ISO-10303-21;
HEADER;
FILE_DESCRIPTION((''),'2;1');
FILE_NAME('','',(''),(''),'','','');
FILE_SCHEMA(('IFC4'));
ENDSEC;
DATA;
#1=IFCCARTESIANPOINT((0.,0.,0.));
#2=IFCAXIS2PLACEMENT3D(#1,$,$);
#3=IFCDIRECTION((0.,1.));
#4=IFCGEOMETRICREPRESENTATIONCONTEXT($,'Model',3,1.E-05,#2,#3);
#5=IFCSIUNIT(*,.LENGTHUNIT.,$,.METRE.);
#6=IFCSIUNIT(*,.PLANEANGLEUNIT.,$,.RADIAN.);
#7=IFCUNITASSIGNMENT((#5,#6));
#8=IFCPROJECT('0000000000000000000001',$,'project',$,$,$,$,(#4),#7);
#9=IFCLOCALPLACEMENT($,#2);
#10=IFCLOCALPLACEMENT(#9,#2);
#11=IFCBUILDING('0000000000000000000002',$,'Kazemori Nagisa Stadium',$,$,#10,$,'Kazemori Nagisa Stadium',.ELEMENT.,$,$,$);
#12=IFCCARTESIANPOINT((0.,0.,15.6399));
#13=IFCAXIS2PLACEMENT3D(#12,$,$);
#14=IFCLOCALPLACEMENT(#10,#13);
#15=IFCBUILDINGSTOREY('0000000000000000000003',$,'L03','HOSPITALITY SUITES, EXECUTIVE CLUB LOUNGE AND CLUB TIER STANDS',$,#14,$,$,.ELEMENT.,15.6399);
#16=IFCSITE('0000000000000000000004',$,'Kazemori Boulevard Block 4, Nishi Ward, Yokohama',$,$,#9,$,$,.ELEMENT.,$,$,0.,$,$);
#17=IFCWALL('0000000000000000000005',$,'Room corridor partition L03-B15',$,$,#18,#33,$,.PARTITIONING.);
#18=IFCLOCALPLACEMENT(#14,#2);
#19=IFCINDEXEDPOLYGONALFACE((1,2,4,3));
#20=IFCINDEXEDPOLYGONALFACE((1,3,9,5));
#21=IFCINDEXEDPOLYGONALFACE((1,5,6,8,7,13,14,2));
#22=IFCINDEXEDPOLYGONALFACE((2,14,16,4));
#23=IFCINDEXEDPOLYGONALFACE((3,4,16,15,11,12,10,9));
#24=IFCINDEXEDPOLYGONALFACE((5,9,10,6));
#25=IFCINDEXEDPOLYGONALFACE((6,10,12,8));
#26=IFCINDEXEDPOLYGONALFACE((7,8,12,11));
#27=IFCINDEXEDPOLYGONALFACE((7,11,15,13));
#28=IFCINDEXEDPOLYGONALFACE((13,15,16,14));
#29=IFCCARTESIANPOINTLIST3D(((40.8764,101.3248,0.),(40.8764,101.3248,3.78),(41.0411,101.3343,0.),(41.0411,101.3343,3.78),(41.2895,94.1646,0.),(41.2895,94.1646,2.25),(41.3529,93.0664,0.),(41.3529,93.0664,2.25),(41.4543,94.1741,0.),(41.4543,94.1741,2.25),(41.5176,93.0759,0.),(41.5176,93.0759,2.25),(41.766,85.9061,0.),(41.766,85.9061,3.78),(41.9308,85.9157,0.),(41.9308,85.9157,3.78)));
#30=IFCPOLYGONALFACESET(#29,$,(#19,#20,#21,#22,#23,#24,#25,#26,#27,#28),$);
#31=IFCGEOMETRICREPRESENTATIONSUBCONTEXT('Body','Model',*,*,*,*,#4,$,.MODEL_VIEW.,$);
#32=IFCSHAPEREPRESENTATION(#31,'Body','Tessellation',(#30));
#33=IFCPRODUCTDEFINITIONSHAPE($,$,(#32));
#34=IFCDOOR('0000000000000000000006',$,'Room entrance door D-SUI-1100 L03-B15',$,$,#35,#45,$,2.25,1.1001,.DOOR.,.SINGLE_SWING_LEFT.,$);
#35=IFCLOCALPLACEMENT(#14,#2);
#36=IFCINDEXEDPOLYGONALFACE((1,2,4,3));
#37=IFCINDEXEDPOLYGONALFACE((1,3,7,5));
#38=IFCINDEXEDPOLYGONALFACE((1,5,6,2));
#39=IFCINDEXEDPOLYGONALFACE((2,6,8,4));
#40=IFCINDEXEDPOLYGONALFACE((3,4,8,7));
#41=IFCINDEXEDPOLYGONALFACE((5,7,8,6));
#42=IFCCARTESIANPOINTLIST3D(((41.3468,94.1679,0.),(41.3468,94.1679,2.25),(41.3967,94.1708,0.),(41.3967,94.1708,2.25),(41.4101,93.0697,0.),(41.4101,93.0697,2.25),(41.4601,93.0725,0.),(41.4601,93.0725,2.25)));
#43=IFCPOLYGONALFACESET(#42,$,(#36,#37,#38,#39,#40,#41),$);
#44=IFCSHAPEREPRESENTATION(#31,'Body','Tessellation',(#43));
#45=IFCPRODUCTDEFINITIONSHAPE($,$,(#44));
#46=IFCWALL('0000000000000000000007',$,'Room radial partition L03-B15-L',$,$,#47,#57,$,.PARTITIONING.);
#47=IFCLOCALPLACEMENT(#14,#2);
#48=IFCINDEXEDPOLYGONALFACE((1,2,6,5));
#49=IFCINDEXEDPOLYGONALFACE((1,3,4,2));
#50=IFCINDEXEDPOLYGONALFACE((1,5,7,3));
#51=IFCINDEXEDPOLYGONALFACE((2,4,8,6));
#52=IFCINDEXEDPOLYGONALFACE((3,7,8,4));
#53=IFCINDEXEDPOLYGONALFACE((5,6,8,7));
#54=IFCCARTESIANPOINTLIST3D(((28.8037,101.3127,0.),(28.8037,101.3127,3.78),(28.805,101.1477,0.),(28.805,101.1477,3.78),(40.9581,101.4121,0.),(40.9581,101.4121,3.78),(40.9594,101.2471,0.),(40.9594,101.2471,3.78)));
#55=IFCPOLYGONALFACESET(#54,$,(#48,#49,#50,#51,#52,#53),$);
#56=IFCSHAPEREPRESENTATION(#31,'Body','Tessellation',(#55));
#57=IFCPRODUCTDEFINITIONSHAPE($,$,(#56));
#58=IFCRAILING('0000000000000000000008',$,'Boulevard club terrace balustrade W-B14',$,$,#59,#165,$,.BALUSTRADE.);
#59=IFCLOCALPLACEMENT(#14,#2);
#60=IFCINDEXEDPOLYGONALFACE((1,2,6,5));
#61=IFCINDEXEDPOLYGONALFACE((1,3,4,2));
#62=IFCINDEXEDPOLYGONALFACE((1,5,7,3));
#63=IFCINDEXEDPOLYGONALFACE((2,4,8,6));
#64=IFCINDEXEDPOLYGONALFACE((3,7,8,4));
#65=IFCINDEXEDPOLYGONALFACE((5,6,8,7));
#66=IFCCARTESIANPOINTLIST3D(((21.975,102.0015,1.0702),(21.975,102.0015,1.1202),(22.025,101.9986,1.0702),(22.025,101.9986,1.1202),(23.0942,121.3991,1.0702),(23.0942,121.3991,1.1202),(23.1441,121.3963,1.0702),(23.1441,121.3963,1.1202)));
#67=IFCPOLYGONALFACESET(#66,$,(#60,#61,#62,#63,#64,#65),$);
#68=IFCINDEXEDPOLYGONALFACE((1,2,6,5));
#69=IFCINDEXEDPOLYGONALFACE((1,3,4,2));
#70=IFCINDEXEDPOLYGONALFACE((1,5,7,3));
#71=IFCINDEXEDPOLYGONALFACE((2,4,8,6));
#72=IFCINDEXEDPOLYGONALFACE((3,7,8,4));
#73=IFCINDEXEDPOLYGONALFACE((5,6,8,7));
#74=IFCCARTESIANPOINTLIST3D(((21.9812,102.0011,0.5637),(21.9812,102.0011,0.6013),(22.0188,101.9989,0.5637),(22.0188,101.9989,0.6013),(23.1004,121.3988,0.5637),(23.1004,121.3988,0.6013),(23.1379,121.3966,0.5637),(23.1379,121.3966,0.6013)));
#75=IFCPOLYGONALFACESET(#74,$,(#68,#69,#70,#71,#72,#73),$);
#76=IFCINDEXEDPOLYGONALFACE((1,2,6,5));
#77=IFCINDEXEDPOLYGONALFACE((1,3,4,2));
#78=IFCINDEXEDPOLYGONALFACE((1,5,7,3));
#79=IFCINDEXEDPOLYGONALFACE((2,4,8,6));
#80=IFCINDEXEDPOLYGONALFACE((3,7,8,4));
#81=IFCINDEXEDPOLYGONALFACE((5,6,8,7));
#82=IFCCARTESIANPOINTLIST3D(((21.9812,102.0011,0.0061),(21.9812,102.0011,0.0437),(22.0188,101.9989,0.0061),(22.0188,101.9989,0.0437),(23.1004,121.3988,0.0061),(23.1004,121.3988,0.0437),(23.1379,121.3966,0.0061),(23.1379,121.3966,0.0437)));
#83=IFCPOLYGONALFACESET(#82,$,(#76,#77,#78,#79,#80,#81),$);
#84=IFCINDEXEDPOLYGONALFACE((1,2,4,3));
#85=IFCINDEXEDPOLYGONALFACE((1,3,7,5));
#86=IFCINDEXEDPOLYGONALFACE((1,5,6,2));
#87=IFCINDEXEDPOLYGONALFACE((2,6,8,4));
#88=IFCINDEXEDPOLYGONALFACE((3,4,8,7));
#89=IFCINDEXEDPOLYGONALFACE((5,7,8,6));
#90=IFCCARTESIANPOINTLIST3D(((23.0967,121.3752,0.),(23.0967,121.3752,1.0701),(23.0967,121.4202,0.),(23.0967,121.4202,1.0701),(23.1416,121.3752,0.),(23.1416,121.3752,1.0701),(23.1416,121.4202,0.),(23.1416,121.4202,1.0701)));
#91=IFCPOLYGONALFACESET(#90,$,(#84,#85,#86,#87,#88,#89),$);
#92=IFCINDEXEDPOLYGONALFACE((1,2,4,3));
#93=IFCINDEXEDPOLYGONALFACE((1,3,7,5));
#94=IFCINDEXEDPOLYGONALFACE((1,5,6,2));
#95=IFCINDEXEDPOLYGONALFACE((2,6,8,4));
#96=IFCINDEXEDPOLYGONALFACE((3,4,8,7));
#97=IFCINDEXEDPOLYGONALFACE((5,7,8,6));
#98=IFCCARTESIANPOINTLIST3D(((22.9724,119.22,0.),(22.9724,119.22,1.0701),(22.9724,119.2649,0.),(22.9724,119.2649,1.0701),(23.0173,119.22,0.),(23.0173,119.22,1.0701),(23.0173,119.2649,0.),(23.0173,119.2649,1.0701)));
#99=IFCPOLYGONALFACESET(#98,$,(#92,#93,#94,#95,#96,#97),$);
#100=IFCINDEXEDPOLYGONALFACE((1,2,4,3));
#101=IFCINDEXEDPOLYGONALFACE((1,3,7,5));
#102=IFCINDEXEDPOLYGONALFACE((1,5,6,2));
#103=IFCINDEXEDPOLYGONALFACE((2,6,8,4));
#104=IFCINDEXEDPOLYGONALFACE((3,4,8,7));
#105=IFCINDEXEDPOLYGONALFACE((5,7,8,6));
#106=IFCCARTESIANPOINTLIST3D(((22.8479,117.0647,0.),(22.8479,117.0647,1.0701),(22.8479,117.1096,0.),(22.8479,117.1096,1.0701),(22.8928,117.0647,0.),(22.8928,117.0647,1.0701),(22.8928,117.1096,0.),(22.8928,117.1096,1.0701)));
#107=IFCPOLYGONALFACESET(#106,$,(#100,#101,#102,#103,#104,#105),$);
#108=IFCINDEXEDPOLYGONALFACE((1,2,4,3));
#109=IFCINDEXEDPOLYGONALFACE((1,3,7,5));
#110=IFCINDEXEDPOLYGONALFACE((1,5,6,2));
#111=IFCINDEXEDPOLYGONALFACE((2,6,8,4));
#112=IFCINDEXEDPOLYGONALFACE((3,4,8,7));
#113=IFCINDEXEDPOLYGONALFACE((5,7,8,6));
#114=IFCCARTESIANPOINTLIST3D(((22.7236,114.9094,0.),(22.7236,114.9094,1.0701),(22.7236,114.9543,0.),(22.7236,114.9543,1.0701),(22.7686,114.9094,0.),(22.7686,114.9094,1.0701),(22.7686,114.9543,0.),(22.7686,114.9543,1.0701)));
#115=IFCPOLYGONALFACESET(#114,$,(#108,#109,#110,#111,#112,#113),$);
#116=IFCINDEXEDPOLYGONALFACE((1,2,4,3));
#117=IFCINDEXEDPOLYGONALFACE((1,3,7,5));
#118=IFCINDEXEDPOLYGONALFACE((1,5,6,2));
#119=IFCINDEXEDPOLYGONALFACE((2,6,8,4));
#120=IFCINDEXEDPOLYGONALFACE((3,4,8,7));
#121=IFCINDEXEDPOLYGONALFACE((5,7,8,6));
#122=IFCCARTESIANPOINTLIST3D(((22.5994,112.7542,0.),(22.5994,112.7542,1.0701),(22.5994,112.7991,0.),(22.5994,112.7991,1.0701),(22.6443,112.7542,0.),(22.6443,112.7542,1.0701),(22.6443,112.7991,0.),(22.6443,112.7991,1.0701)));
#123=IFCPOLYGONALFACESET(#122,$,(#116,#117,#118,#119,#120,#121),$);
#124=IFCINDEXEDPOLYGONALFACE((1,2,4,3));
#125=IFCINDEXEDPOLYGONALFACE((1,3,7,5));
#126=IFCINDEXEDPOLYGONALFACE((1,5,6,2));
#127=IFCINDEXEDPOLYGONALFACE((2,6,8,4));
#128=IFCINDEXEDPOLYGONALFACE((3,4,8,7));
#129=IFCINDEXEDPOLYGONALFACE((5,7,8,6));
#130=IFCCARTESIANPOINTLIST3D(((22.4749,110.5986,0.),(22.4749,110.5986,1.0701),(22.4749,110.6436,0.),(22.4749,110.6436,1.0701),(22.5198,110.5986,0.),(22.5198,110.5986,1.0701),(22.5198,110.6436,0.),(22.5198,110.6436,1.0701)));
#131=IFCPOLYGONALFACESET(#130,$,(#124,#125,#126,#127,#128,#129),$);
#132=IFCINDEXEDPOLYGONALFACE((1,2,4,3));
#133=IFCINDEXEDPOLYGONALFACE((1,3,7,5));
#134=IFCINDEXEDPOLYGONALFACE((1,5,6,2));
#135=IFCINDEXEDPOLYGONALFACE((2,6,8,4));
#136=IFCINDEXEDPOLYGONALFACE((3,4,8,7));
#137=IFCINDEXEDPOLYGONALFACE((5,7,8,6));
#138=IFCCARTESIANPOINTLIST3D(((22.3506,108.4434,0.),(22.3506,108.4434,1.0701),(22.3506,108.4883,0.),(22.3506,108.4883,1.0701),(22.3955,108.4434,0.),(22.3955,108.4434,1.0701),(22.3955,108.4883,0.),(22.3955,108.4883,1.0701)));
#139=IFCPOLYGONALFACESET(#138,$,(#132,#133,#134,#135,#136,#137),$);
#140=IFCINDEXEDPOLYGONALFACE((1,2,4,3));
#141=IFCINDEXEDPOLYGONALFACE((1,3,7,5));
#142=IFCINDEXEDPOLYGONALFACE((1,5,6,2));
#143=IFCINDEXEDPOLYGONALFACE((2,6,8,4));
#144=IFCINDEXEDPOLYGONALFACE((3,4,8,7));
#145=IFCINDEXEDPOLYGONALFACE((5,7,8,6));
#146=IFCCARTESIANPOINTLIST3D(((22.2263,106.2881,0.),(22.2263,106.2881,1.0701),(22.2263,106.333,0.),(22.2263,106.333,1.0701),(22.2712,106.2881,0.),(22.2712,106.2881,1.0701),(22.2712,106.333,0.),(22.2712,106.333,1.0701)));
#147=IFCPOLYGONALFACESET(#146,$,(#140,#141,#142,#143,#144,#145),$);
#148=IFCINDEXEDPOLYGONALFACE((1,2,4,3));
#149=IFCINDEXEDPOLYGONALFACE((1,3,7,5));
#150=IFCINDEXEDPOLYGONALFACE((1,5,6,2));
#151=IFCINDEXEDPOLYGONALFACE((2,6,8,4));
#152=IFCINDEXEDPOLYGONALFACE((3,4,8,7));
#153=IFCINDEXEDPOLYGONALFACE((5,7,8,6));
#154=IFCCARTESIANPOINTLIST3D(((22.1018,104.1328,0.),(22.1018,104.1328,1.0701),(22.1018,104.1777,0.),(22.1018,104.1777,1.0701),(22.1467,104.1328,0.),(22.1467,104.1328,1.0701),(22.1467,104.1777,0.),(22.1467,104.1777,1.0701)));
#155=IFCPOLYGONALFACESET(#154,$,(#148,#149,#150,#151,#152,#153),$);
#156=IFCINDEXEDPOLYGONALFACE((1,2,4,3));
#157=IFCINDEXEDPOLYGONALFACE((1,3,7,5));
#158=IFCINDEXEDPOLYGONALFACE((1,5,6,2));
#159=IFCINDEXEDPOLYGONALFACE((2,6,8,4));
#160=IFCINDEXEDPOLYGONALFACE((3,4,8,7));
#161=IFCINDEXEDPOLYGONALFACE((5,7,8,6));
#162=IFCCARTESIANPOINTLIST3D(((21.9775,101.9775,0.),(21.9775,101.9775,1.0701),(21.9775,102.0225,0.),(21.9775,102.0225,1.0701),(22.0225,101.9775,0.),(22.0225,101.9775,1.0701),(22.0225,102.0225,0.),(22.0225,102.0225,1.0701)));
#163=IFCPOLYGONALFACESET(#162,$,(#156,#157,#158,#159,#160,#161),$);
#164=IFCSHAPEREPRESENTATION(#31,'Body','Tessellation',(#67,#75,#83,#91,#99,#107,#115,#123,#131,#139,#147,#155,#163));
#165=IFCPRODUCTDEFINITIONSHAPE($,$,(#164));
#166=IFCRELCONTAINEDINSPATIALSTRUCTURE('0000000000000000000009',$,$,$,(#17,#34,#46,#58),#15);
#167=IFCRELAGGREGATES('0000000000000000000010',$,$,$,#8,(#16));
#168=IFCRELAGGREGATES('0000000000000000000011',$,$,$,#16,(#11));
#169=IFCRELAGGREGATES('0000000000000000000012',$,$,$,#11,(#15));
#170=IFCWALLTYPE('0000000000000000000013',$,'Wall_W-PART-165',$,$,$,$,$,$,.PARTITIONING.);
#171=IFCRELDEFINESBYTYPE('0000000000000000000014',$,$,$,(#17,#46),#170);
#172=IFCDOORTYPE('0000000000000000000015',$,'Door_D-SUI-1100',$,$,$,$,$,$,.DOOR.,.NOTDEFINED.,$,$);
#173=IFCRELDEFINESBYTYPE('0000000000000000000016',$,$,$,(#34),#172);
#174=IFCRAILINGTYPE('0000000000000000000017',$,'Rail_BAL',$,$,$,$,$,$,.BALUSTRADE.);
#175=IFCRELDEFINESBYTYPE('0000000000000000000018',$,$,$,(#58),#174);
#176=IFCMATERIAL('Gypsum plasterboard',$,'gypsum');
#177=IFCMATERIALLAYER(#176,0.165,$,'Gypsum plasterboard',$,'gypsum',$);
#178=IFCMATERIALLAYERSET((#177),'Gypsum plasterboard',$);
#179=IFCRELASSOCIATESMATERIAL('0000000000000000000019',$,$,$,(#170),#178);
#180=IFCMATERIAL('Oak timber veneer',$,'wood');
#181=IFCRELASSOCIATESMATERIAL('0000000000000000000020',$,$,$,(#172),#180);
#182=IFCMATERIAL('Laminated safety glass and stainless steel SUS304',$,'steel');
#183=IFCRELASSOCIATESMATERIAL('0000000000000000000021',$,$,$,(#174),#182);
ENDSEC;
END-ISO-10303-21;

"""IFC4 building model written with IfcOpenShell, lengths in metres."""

from ifc_helpers import new_model, si_unit, direction, frame, frame_2d, origin, origin_2d, place, context, subcontext, project, spatial, rectangle, extrude, material, layer, layer_set, type_object, element, fill, save


model = new_model("IFC4")

# Units and contexts
model_context = context("Model", 3, precision=1e-05, world=origin(), true_north=direction((0.0, 1.0)))
body_context = subcontext(model_context, "Body", "Model", "MODEL_VIEW")
ifc_project = project(units=[si_unit("LENGTHUNIT", "METRE"), si_unit("PLANEANGLEUNIT", "RADIAN")], contexts=[model_context])

# Site, building, storey
site_placement = place(None, origin())
site = spatial("IfcSite", under=ifc_project, at=site_placement, Name="Kazemori Boulevard Block 4, Nishi Ward, Yokohama", CompositionType="ELEMENT", RefElevation=0.0)
building_placement = place(site_placement, origin())
building = spatial("IfcBuilding", under=site, at=building_placement, Name="Kazemori Nagisa Stadium", LongName="Kazemori Nagisa Stadium", CompositionType="ELEMENT")
storey_placement = place(building_placement, frame((0.0, 0.0, 15.6399)))
storey = spatial("IfcBuildingStorey", under=building, at=storey_placement, Name="L03", Description="HOSPITALITY SUITES, EXECUTIVE CLUB LOUNGE AND CLUB TIER STANDS", CompositionType="ELEMENT", Elevation=15.6399)

# Shared definitions
ifc_material_1 = material(Name="Gypsum plasterboard", Category="gypsum")
ifc_layer_1 = layer(ifc_material_1, 0.165, Name="Gypsum plasterboard", Category="gypsum")
ifc_layer_set_1 = layer_set([ifc_layer_1], Name="Gypsum plasterboard")
wall_type_1 = type_object("IfcWallType", Name="Wall_W-PART-165", PredefinedType="PARTITIONING", material=ifc_layer_set_1)

# Wall, opening, door
wall_1_placement = place(storey_placement, frame((40.9587, 101.3296, 0.0), z_axis=(0.0, 0.0, 1.0), x_axis=(0.057604, -0.99834, 0.0)))
wall_1 = element("IfcWall", 1, at=wall_1_placement, inside=storey, type_object=wall_type_1, Name="Room corridor partition L03-B15", PredefinedType="PARTITIONING", context=body_context, shape_type="SweptSolid", body=[
    extrude(rectangle(XDim=15.4443, YDim=0.165, at=frame_2d((7.7222, 0.0))), origin(), (0.0, 0.0, 1.0), 3.78),
])
opening_1_placement = place(wall_1_placement, frame((7.1721, 0.0, 0.0)))
opening_1 = element("IfcOpeningElement", 2, at=opening_1_placement, cuts=wall_1, PredefinedType="OPENING", context=body_context, shape_type="SweptSolid", body=[
    extrude(rectangle(XDim=1.1001, YDim=2.25, at=frame_2d((0.55, 1.125))), frame((0.0, 0.0925, 0.0), z_axis=(0.0, -1.0, 0.0), x_axis=(1.0, 0.0, 0.0)), (0.0, 0.0, 1.0), 0.1851),
])
ifc_material_2 = material(Name="Oak timber veneer", Category="wood")
door_type_1 = type_object("IfcDoorType", Name="Door_D-SUI-1100", OperationType="NOTDEFINED", PredefinedType="DOOR", material=ifc_material_2)
door_1_placement = place(opening_1_placement, origin())
door_1 = element("IfcDoor", 3, at=door_1_placement, inside=storey, type_object=door_type_1, Name="Room entrance door D-SUI-1100 L03-B15", OperationType="SINGLE_SWING_LEFT", OverallHeight=2.25, OverallWidth=1.1001, PredefinedType="DOOR", context=body_context, shape_type="SweptSolid", body=[
    extrude(rectangle(XDim=1.1001, YDim=2.25, at=frame_2d((0.55, 1.125))), frame((0.0, 0.0249, 0.0), z_axis=(0.0, -1.0, 0.0), x_axis=(1.0, 0.0, 0.0)), (0.0, 0.0, 1.0), 0.05),
])
fill(opening_1, door_1)

# Wall
wall_2_placement = place(storey_placement, frame((40.9587, 101.3296, 0.0), z_axis=(0.0, 0.0, 1.0), x_axis=(-0.999967, -0.008175, 0.0)))
element("IfcWall", 4, at=wall_2_placement, inside=storey, type_object=wall_type_1, Name="Room radial partition L03-B15-L", PredefinedType="PARTITIONING", context=body_context, shape_type="SweptSolid", body=[
    extrude(rectangle(XDim=12.1548, YDim=0.165, at=frame_2d((6.0774, 0.0))), origin(), (0.0, 0.0, 1.0), 3.78),
])

# Railing
ifc_material_3 = material(Name="Laminated safety glass and stainless steel SUS304", Category="steel")
railing_type = type_object("IfcRailingType", Name="Rail_BAL", PredefinedType="BALUSTRADE", material=ifc_material_3)
railing_1_placement = place(storey_placement, frame((23.1191, 121.3977, 0.0)))
element("IfcRailing", 5, at=railing_1_placement, inside=storey, type_object=railing_type, Name="Boulevard club terrace balustrade W-B14", PredefinedType="BALUSTRADE", context=body_context, shape_type="SweptSolid", body=[
    extrude(rectangle(XDim=0.05, YDim=0.05, at=origin_2d()), frame((0.0, 0.0, 1.0952), z_axis=(-0.057599, -0.99834, 0.0), x_axis=(0.99834, -0.057599, 0.0)), (0.0, 0.0, 1.0), 19.4299),
    extrude(rectangle(XDim=0.0376, YDim=0.0376, at=origin_2d()), frame((0.0, 0.0, 0.5825), z_axis=(-0.057599, -0.99834, 0.0), x_axis=(0.99834, -0.057599, 0.0)), (0.0, 0.0, 1.0), 19.4299),
    extrude(rectangle(XDim=0.0376, YDim=0.0376, at=origin_2d()), frame((0.0, 0.0, 0.0249), z_axis=(-0.057599, -0.99834, 0.0), x_axis=(0.99834, -0.057599, 0.0)), (0.0, 0.0, 1.0), 19.4299),
    extrude(rectangle(XDim=0.0449, YDim=0.0449, at=origin_2d()), origin(), (0.0, 0.0, 1.0), 1.0701),
    extrude(rectangle(XDim=0.0449, YDim=0.0449, at=origin_2d()), frame((-0.1243, -2.1553, 0.0)), (0.0, 0.0, 1.0), 1.0701),
    extrude(rectangle(XDim=0.0449, YDim=0.0449, at=origin_2d()), frame((-0.2488, -4.3105, 0.0)), (0.0, 0.0, 1.0), 1.0701),
    extrude(rectangle(XDim=0.0449, YDim=0.0449, at=origin_2d()), frame((-0.373, -6.4658, 0.0)), (0.0, 0.0, 1.0), 1.0701),
    extrude(rectangle(XDim=0.0449, YDim=0.0449, at=origin_2d()), frame((-0.4973, -8.6211, 0.0)), (0.0, 0.0, 1.0), 1.0701),
    extrude(rectangle(XDim=0.0449, YDim=0.0449, at=origin_2d()), frame((-0.6218, -10.7766, 0.0)), (0.0, 0.0, 1.0), 1.0701),
    extrude(rectangle(XDim=0.0449, YDim=0.0449, at=origin_2d()), frame((-0.7461, -12.9319, 0.0)), (0.0, 0.0, 1.0), 1.0701),
    extrude(rectangle(XDim=0.0449, YDim=0.0449, at=origin_2d()), frame((-0.8704, -15.0872, 0.0)), (0.0, 0.0, 1.0), 1.0701),
    extrude(rectangle(XDim=0.0449, YDim=0.0449, at=origin_2d()), frame((-0.9949, -17.2424, 0.0)), (0.0, 0.0, 1.0), 1.0701),
    extrude(rectangle(XDim=0.0449, YDim=0.0449, at=origin_2d()), frame((-1.1191, -19.3977, 0.0)), (0.0, 0.0, 1.0), 1.0701),
])

save(model, "model.ifc")
